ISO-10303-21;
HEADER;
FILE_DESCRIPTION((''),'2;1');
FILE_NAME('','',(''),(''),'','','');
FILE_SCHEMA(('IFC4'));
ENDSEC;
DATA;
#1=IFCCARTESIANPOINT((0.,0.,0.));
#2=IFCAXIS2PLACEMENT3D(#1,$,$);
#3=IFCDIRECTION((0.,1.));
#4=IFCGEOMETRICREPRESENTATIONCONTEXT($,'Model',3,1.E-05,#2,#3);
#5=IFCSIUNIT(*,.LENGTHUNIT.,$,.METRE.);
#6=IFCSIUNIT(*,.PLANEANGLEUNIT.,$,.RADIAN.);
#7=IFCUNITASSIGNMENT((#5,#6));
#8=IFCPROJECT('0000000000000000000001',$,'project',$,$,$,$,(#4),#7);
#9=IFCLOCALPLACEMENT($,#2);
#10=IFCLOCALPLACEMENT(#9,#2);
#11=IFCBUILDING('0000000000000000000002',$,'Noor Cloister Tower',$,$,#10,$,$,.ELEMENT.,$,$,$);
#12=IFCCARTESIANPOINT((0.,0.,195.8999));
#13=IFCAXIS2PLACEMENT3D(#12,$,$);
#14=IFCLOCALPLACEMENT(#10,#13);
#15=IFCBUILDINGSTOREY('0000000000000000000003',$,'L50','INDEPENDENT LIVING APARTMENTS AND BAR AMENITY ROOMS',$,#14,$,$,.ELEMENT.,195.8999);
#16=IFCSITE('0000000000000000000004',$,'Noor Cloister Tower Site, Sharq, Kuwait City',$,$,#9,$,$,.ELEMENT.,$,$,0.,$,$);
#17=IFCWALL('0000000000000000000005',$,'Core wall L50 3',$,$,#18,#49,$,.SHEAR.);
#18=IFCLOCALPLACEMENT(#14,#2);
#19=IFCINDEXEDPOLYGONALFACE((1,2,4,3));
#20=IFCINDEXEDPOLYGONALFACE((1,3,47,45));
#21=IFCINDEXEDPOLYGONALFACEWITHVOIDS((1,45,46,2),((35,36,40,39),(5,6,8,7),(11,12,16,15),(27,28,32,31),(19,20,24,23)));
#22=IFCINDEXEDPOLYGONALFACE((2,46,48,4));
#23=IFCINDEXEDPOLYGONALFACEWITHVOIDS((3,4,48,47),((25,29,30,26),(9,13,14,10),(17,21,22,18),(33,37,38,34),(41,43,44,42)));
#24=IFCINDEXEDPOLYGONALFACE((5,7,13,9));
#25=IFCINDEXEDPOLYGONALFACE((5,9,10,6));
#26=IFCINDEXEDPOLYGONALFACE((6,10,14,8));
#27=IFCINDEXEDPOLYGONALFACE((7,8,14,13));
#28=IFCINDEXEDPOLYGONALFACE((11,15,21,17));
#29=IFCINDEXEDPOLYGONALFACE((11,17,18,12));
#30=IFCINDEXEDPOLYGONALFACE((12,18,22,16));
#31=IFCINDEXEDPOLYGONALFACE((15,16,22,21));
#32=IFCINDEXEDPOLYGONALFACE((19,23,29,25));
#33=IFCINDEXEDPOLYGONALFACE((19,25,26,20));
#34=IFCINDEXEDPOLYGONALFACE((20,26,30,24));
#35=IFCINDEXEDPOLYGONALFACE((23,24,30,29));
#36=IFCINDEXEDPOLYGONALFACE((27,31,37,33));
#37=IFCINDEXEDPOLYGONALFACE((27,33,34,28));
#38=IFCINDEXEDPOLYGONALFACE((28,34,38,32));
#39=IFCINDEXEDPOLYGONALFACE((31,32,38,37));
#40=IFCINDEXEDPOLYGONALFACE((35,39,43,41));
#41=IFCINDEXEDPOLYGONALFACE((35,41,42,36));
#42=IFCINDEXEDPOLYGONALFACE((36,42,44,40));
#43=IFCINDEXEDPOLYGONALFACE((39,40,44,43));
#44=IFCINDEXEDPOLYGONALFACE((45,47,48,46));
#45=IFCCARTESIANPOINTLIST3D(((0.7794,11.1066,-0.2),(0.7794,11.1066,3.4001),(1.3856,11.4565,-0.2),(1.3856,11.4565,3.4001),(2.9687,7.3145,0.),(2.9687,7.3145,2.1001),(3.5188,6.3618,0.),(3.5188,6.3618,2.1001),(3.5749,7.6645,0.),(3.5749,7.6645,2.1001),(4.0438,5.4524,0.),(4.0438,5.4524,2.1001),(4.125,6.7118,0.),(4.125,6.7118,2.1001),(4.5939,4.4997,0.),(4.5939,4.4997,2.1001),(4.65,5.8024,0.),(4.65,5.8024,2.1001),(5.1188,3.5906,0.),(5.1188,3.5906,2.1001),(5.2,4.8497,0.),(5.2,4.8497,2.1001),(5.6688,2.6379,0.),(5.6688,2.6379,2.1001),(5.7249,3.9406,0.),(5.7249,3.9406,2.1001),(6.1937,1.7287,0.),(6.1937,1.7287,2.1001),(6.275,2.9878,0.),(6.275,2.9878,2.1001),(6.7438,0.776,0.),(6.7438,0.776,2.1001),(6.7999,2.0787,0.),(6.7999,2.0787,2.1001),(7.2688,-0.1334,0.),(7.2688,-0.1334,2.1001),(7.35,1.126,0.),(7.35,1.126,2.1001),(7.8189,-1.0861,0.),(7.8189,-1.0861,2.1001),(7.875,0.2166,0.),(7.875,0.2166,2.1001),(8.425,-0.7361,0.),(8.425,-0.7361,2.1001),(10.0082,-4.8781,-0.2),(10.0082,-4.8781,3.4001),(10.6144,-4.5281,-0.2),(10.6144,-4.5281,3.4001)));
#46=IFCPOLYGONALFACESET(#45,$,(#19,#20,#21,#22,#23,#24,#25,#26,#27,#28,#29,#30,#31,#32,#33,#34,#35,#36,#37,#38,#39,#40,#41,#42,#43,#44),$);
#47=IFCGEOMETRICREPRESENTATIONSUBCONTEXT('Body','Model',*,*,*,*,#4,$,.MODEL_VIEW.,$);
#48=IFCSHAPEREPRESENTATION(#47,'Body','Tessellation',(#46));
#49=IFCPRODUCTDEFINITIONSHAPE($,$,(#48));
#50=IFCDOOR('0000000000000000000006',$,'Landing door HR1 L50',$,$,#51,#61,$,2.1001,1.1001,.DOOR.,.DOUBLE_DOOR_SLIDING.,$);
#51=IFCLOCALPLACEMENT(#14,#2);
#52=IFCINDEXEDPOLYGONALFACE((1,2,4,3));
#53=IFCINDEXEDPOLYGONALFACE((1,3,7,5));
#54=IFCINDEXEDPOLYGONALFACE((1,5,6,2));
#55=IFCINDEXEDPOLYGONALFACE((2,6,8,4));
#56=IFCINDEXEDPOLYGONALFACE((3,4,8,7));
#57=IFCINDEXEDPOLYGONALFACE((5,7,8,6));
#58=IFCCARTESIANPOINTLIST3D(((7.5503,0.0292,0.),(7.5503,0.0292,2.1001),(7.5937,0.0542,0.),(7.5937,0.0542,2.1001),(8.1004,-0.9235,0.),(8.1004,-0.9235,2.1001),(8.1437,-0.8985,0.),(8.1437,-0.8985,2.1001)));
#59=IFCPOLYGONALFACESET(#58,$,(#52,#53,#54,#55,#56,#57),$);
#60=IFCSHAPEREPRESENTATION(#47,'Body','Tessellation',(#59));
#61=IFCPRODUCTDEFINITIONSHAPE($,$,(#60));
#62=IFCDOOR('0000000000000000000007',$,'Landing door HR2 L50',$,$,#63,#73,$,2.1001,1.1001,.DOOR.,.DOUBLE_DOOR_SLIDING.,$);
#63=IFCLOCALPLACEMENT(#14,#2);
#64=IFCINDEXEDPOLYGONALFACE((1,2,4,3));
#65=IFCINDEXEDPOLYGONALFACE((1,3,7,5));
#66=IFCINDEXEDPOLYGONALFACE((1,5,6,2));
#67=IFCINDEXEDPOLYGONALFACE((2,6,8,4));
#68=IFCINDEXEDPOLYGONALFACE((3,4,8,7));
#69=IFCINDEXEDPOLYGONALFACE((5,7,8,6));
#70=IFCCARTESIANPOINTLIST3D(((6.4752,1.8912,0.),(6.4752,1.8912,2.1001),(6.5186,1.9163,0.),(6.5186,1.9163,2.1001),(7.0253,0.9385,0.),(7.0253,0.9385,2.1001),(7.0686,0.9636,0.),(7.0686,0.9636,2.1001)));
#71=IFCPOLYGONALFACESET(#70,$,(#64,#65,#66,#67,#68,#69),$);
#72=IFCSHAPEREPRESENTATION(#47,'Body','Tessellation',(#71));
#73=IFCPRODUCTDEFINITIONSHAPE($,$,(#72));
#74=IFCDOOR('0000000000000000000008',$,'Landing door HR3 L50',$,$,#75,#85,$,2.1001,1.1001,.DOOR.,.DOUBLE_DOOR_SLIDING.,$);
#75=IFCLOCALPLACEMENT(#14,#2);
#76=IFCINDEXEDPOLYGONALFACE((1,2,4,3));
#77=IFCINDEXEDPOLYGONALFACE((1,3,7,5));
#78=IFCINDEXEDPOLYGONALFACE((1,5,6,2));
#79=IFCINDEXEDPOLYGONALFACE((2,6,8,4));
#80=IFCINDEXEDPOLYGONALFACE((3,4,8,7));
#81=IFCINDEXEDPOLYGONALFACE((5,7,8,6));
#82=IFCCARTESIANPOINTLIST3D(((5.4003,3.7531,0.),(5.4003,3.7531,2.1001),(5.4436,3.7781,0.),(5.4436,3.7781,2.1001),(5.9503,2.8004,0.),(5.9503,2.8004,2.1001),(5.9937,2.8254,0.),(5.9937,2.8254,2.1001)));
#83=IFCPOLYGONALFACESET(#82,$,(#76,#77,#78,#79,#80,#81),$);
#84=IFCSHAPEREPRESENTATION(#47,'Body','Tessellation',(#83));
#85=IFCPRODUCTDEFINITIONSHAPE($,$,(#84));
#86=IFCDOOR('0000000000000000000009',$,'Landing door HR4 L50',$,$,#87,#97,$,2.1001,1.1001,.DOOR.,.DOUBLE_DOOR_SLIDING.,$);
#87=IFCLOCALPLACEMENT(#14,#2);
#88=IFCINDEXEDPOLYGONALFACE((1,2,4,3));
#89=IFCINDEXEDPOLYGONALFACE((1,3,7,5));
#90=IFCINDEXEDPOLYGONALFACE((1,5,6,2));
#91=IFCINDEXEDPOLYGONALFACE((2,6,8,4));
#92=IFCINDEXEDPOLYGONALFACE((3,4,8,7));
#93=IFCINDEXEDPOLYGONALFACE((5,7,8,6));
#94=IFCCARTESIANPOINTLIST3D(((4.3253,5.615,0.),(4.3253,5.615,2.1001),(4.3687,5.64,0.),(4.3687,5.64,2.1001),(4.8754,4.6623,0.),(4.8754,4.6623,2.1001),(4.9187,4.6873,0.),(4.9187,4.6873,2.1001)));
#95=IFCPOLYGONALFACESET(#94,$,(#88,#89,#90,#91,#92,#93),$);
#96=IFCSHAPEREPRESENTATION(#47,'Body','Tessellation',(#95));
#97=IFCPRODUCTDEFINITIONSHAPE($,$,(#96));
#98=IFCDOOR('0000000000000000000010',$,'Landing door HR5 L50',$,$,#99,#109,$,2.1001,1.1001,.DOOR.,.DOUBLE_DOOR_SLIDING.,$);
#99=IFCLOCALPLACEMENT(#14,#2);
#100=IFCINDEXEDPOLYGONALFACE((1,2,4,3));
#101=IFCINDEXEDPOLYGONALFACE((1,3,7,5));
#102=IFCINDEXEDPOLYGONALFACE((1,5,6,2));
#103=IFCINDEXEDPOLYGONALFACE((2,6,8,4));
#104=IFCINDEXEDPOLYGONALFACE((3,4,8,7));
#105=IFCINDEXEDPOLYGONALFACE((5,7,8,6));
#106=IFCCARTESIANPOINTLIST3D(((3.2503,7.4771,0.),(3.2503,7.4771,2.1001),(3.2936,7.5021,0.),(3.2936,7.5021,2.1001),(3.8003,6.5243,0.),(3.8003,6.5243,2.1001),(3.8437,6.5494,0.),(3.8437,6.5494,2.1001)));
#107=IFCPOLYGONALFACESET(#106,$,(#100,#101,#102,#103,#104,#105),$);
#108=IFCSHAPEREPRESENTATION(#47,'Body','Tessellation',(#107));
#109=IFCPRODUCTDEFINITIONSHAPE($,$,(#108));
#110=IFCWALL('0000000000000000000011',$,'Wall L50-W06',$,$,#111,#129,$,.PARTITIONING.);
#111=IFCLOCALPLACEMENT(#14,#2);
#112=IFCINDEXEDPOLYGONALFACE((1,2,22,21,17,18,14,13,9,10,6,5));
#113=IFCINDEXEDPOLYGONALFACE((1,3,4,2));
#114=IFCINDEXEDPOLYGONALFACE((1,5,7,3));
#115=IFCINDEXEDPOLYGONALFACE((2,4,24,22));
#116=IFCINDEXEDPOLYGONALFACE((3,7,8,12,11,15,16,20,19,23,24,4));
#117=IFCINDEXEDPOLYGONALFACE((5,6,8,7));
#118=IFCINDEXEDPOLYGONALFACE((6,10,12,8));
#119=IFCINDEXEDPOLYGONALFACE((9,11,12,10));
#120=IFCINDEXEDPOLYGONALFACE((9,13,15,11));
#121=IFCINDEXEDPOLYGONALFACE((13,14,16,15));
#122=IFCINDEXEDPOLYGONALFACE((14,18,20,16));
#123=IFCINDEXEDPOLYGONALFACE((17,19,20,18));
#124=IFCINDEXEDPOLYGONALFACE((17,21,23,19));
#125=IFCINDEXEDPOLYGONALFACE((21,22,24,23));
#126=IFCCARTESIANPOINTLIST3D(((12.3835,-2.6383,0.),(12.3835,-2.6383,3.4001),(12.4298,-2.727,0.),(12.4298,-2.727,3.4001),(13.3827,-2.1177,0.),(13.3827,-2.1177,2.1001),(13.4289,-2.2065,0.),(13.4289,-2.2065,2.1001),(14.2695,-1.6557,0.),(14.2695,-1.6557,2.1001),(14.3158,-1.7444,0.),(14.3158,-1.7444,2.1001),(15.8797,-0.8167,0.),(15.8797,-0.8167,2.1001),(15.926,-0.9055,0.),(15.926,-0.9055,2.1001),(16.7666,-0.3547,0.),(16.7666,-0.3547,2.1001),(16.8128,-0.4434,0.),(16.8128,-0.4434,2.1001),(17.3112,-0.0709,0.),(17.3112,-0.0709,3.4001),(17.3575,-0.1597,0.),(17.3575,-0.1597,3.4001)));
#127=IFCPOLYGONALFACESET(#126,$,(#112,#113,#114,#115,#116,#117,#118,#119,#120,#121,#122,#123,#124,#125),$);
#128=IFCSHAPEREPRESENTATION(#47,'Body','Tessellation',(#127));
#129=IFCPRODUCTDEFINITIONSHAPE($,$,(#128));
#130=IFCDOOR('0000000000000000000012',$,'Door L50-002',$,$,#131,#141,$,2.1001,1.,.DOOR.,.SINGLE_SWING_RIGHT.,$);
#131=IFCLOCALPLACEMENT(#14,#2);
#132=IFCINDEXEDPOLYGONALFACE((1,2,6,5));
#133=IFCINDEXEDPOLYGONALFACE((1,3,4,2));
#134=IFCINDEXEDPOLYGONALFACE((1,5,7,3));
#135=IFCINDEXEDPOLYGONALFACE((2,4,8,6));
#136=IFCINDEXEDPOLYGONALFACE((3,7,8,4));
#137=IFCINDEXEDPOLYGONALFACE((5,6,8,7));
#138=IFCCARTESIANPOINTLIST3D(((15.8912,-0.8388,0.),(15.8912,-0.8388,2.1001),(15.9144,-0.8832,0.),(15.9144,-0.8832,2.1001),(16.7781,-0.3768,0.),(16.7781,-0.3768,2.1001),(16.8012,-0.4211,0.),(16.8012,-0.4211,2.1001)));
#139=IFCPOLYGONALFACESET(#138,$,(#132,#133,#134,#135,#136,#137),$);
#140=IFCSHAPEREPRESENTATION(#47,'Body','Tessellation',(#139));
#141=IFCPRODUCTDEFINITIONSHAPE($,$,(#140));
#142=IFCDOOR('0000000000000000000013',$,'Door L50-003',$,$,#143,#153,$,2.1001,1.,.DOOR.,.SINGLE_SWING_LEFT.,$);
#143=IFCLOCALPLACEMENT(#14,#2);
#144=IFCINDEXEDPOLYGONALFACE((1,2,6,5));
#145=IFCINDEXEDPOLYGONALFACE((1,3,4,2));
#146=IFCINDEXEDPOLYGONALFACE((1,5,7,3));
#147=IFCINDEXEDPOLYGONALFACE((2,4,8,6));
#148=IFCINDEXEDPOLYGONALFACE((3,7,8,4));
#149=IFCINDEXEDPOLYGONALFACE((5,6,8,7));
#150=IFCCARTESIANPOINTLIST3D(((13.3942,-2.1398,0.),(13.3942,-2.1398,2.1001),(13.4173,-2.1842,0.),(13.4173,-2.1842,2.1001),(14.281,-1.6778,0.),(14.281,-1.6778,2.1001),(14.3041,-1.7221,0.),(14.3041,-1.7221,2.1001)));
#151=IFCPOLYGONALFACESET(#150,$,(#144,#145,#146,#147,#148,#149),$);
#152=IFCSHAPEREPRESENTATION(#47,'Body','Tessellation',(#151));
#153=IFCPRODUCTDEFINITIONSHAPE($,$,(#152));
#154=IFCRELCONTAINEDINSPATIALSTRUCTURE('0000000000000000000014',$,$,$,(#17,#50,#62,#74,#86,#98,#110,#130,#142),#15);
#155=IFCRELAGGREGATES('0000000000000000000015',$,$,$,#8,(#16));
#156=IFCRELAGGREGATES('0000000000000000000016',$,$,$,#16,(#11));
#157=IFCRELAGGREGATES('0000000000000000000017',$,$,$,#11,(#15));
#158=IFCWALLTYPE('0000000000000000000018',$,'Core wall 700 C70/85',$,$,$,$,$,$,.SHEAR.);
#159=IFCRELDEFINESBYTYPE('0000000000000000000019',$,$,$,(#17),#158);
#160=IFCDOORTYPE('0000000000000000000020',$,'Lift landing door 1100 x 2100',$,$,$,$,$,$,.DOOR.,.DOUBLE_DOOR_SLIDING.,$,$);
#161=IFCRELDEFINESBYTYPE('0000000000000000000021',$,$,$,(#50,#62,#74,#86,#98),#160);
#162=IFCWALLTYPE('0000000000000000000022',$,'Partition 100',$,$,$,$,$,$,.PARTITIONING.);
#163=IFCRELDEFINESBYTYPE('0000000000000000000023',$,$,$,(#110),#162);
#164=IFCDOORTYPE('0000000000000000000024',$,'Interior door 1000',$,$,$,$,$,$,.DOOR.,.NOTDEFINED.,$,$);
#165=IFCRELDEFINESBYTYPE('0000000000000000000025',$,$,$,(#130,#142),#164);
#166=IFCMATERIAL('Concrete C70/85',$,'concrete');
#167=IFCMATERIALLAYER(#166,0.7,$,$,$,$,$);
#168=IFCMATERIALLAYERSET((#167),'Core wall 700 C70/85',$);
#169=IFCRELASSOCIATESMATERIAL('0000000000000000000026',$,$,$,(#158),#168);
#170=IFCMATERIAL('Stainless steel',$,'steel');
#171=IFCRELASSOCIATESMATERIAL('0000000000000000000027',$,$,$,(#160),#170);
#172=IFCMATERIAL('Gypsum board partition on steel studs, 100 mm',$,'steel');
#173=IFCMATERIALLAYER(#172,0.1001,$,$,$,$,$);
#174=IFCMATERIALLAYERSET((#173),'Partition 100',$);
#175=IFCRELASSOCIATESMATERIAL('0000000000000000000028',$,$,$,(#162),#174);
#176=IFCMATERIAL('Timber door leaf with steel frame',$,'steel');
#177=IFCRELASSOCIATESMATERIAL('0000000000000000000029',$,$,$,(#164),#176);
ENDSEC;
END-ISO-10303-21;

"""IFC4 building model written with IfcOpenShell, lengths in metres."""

from ifc_helpers import new_model, si_unit, direction, frame, frame_2d, origin, place, context, subcontext, project, spatial, rectangle, extrude, material, layer, layer_set, type_object, element, fill, save


model = new_model("IFC4")

# Units and contexts
model_context = context("Model", 3, precision=1e-05, world=origin(), true_north=direction((0.0, 1.0)))
body_context = subcontext(model_context, "Body", "Model", "MODEL_VIEW")
ifc_project = project(units=[si_unit("LENGTHUNIT", "METRE"), si_unit("PLANEANGLEUNIT", "RADIAN")], contexts=[model_context])

# Site, building, storey
site_placement = place(None, origin())
site = spatial("IfcSite", under=ifc_project, at=site_placement, Name="Noor Cloister Tower Site, Sharq, Kuwait City", CompositionType="ELEMENT", RefElevation=0.0)
building_placement = place(site_placement, origin())
building = spatial("IfcBuilding", under=site, at=building_placement, Name="Noor Cloister Tower", CompositionType="ELEMENT")
storey_placement = place(building_placement, frame((0.0, 0.0, 195.8999)))
storey = spatial("IfcBuildingStorey", under=building, at=storey_placement, Name="L50", Description="INDEPENDENT LIVING APARTMENTS AND BAR AMENITY ROOMS", CompositionType="ELEMENT", Elevation=195.8999)

# Walls, openings, doors
ifc_material_1 = material(Name="Concrete C70/85", Category="concrete")
ifc_layer_1 = layer(ifc_material_1, 0.7)
ifc_layer_set_1 = layer_set([ifc_layer_1], Name="Core wall 700 C70/85")
wall_type_1 = type_object("IfcWallType", Name="Core wall 700 C70/85", PredefinedType="SHEAR", material=ifc_layer_set_1)
wall_1_placement = place(storey_placement, frame((10.3113, -4.7031, -0.2), z_axis=(0.0, 0.0, 1.0), x_axis=(-0.500001, 0.866025, 0.0)))
wall_1 = element("IfcWall", 1, at=wall_1_placement, inside=storey, type_object=wall_type_1, Name="Core wall L50 3", PredefinedType="SHEAR", context=body_context, shape_type="SweptSolid", body=[
    extrude(rectangle(XDim=18.4575, YDim=0.7, at=frame_2d((9.2288, 0.0))), origin(), (0.0, 0.0, 1.0), 3.6001),
])
opening_1_placement = place(wall_1_placement, frame((4.3787, 0.0, 0.2)))
opening_1 = element("IfcOpeningElement", 2, at=opening_1_placement, cuts=wall_1, PredefinedType="OPENING", context=body_context, shape_type="SweptSolid", body=[
    extrude(rectangle(XDim=1.1001, YDim=2.1001, at=frame_2d((0.55, 1.05))), frame((0.0, 0.3599, 0.0), z_axis=(0.0, -1.0, 0.0), x_axis=(1.0, 0.0, 0.0)), (0.0, 0.0, 1.0), 0.72),
])
opening_2_placement = place(wall_1_placement, frame((6.5288, 0.0, 0.2)))
opening_2 = element("IfcOpeningElement", 3, at=opening_2_placement, cuts=wall_1, PredefinedType="OPENING", context=body_context, shape_type="SweptSolid", body=[
    extrude(rectangle(XDim=1.1001, YDim=2.1001, at=frame_2d((0.55, 1.05))), frame((0.0, 0.3599, 0.0), z_axis=(0.0, -1.0, 0.0), x_axis=(1.0, 0.0, 0.0)), (0.0, 0.0, 1.0), 0.72),
])
opening_3_placement = place(wall_1_placement, frame((8.6787, 0.0, 0.2)))
opening_3 = element("IfcOpeningElement", 4, at=opening_3_placement, cuts=wall_1, PredefinedType="OPENING", context=body_context, shape_type="SweptSolid", body=[
    extrude(rectangle(XDim=1.1001, YDim=2.1001, at=frame_2d((0.55, 1.05))), frame((0.0, 0.3599, 0.0), z_axis=(0.0, -1.0, 0.0), x_axis=(1.0, 0.0, 0.0)), (0.0, 0.0, 1.0), 0.72),
])
opening_4_placement = place(wall_1_placement, frame((10.8286, 0.0, 0.2)))
opening_4 = element("IfcOpeningElement", 5, at=opening_4_placement, cuts=wall_1, PredefinedType="OPENING", context=body_context, shape_type="SweptSolid", body=[
    extrude(rectangle(XDim=1.1001, YDim=2.1001, at=frame_2d((0.55, 1.05))), frame((0.0, 0.3599, 0.0), z_axis=(0.0, -1.0, 0.0), x_axis=(1.0, 0.0, 0.0)), (0.0, 0.0, 1.0), 0.72),
])
opening_5_placement = place(wall_1_placement, frame((12.9788, 0.0, 0.2)))
opening_5 = element("IfcOpeningElement", 6, at=opening_5_placement, cuts=wall_1, PredefinedType="OPENING", context=body_context, shape_type="SweptSolid", body=[
    extrude(rectangle(XDim=1.1001, YDim=2.1001, at=frame_2d((0.55, 1.05))), frame((0.0, 0.3599, 0.0), z_axis=(0.0, -1.0, 0.0), x_axis=(1.0, 0.0, 0.0)), (0.0, 0.0, 1.0), 0.72),
])
ifc_material_2 = material(Name="Stainless steel", Category="steel")
door_type_1 = type_object("IfcDoorType", Name="Lift landing door 1100 x 2100", OperationType="DOUBLE_DOOR_SLIDING", PredefinedType="DOOR", material=ifc_material_2)
door_1_placement = place(opening_1_placement, origin())
door_1 = element("IfcDoor", 7, at=door_1_placement, inside=storey, type_object=door_type_1, Name="Landing door HR1 L50", OperationType="DOUBLE_DOOR_SLIDING", OverallHeight=2.1001, OverallWidth=1.1001, PredefinedType="DOOR", context=body_context, shape_type="SweptSolid", body=[
    extrude(rectangle(XDim=1.1001, YDim=2.1001, at=frame_2d((0.55, 1.05))), frame((0.0, 0.0249, 0.0), z_axis=(0.0, -1.0, 0.0), x_axis=(1.0, 0.0, 0.0)), (0.0, 0.0, 1.0), 0.05),
])
fill(opening_1, door_1)
door_2_placement = place(opening_2_placement, origin())
door_2 = element("IfcDoor", 8, at=door_2_placement, inside=storey, type_object=door_type_1, Name="Landing door HR2 L50", OperationType="DOUBLE_DOOR_SLIDING", OverallHeight=2.1001, OverallWidth=1.1001, PredefinedType="DOOR", context=body_context, shape_type="SweptSolid", body=[
    extrude(rectangle(XDim=1.1001, YDim=2.1001, at=frame_2d((0.55, 1.05))), frame((0.0, 0.0249, 0.0), z_axis=(0.0, -1.0, 0.0), x_axis=(1.0, 0.0, 0.0)), (0.0, 0.0, 1.0), 0.05),
])
fill(opening_2, door_2)
door_3_placement = place(opening_3_placement, origin())
door_3 = element("IfcDoor", 9, at=door_3_placement, inside=storey, type_object=door_type_1, Name="Landing door HR3 L50", OperationType="DOUBLE_DOOR_SLIDING", OverallHeight=2.1001, OverallWidth=1.1001, PredefinedType="DOOR", context=body_context, shape_type="SweptSolid", body=[
    extrude(rectangle(XDim=1.1001, YDim=2.1001, at=frame_2d((0.55, 1.05))), frame((0.0, 0.0249, 0.0), z_axis=(0.0, -1.0, 0.0), x_axis=(1.0, 0.0, 0.0)), (0.0, 0.0, 1.0), 0.05),
])
fill(opening_3, door_3)
door_4_placement = place(opening_4_placement, origin())
door_4 = element("IfcDoor", 10, at=door_4_placement, inside=storey, type_object=door_type_1, Name="Landing door HR4 L50", OperationType="DOUBLE_DOOR_SLIDING", OverallHeight=2.1001, OverallWidth=1.1001, PredefinedType="DOOR", context=body_context, shape_type="SweptSolid", body=[
    extrude(rectangle(XDim=1.1001, YDim=2.1001, at=frame_2d((0.55, 1.05))), frame((0.0, 0.0249, 0.0), z_axis=(0.0, -1.0, 0.0), x_axis=(1.0, 0.0, 0.0)), (0.0, 0.0, 1.0), 0.05),
])
fill(opening_4, door_4)
door_5_placement = place(opening_5_placement, origin())
door_5 = element("IfcDoor", 11, at=door_5_placement, inside=storey, type_object=door_type_1, Name="Landing door HR5 L50", OperationType="DOUBLE_DOOR_SLIDING", OverallHeight=2.1001, OverallWidth=1.1001, PredefinedType="DOOR", context=body_context, shape_type="SweptSolid", body=[
    extrude(rectangle(XDim=1.1001, YDim=2.1001, at=frame_2d((0.55, 1.05))), frame((0.0, 0.0249, 0.0), z_axis=(0.0, -1.0, 0.0), x_axis=(1.0, 0.0, 0.0)), (0.0, 0.0, 1.0), 0.05),
])
fill(opening_5, door_5)
ifc_material_3 = material(Name="Gypsum board partition on steel studs, 100 mm", Category="steel")
ifc_layer_2 = layer(ifc_material_3, 0.1001)
ifc_layer_set_2 = layer_set([ifc_layer_2], Name="Partition 100")
wall_type_2 = type_object("IfcWallType", Name="Partition 100", PredefinedType="PARTITIONING", material=ifc_layer_set_2)
wall_2_placement = place(storey_placement, frame((17.3345, -0.1152, 0.0), z_axis=(0.0, 0.0, 1.0), x_axis=(-0.886851, -0.462055, 0.0)))
wall_2 = element("IfcWall", 12, at=wall_2_placement, inside=storey, type_object=wall_type_2, Name="Wall L50-W06", PredefinedType="PARTITIONING", context=body_context, shape_type="SweptSolid", body=[
    extrude(rectangle(XDim=5.5564, YDim=0.1001, at=frame_2d((2.7783, 0.0))), origin(), (0.0, 0.0, 1.0), 3.4001),
])
opening_6_placement = place(wall_2_placement, frame((0.6143, 0.0, 0.0)))
opening_6 = element("IfcOpeningElement", 13, at=opening_6_placement, cuts=wall_2, PredefinedType="OPENING", context=body_context, shape_type="SweptSolid", body=[
    extrude(rectangle(XDim=1.0, YDim=2.1001, at=frame_2d((0.5, 1.05))), frame((0.0, 0.0601, 0.0), z_axis=(0.0, -1.0, 0.0), x_axis=(1.0, 0.0, 0.0)), (0.0, 0.0, 1.0), 0.1201),
])
opening_7_placement = place(wall_2_placement, frame((3.4299, 0.0, 0.0)))
opening_7 = element("IfcOpeningElement", 14, at=opening_7_placement, cuts=wall_2, PredefinedType="OPENING", context=body_context, shape_type="SweptSolid", body=[
    extrude(rectangle(XDim=1.0, YDim=2.1001, at=frame_2d((0.5, 1.05))), frame((0.0, 0.0601, 0.0), z_axis=(0.0, -1.0, 0.0), x_axis=(1.0, 0.0, 0.0)), (0.0, 0.0, 1.0), 0.1201),
])
ifc_material_4 = material(Name="Timber door leaf with steel frame", Category="steel")
door_type_2 = type_object("IfcDoorType", Name="Interior door 1000", OperationType="NOTDEFINED", PredefinedType="DOOR", material=ifc_material_4)
door_6_placement = place(opening_6_placement, origin())
door_6 = element("IfcDoor", 15, at=door_6_placement, inside=storey, type_object=door_type_2, Name="Door L50-002", OperationType="SINGLE_SWING_RIGHT", OverallHeight=2.1001, OverallWidth=1.0, PredefinedType="DOOR", context=body_context, shape_type="SweptSolid", body=[
    extrude(rectangle(XDim=1.0, YDim=2.1001, at=frame_2d((0.5, 1.05))), frame((0.0, 0.0249, 0.0), z_axis=(0.0, -1.0, 0.0), x_axis=(1.0, 0.0, 0.0)), (0.0, 0.0, 1.0), 0.05),
])
fill(opening_6, door_6)
door_7_placement = place(opening_7_placement, origin())
door_7 = element("IfcDoor", 16, at=door_7_placement, inside=storey, type_object=door_type_2, Name="Door L50-003", OperationType="SINGLE_SWING_LEFT", OverallHeight=2.1001, OverallWidth=1.0, PredefinedType="DOOR", context=body_context, shape_type="SweptSolid", body=[
    extrude(rectangle(XDim=1.0, YDim=2.1001, at=frame_2d((0.5, 1.05))), frame((0.0, 0.0249, 0.0), z_axis=(0.0, -1.0, 0.0), x_axis=(1.0, 0.0, 0.0)), (0.0, 0.0, 1.0), 0.05),
])
fill(opening_7, door_7)

save(model, "model.ifc")
